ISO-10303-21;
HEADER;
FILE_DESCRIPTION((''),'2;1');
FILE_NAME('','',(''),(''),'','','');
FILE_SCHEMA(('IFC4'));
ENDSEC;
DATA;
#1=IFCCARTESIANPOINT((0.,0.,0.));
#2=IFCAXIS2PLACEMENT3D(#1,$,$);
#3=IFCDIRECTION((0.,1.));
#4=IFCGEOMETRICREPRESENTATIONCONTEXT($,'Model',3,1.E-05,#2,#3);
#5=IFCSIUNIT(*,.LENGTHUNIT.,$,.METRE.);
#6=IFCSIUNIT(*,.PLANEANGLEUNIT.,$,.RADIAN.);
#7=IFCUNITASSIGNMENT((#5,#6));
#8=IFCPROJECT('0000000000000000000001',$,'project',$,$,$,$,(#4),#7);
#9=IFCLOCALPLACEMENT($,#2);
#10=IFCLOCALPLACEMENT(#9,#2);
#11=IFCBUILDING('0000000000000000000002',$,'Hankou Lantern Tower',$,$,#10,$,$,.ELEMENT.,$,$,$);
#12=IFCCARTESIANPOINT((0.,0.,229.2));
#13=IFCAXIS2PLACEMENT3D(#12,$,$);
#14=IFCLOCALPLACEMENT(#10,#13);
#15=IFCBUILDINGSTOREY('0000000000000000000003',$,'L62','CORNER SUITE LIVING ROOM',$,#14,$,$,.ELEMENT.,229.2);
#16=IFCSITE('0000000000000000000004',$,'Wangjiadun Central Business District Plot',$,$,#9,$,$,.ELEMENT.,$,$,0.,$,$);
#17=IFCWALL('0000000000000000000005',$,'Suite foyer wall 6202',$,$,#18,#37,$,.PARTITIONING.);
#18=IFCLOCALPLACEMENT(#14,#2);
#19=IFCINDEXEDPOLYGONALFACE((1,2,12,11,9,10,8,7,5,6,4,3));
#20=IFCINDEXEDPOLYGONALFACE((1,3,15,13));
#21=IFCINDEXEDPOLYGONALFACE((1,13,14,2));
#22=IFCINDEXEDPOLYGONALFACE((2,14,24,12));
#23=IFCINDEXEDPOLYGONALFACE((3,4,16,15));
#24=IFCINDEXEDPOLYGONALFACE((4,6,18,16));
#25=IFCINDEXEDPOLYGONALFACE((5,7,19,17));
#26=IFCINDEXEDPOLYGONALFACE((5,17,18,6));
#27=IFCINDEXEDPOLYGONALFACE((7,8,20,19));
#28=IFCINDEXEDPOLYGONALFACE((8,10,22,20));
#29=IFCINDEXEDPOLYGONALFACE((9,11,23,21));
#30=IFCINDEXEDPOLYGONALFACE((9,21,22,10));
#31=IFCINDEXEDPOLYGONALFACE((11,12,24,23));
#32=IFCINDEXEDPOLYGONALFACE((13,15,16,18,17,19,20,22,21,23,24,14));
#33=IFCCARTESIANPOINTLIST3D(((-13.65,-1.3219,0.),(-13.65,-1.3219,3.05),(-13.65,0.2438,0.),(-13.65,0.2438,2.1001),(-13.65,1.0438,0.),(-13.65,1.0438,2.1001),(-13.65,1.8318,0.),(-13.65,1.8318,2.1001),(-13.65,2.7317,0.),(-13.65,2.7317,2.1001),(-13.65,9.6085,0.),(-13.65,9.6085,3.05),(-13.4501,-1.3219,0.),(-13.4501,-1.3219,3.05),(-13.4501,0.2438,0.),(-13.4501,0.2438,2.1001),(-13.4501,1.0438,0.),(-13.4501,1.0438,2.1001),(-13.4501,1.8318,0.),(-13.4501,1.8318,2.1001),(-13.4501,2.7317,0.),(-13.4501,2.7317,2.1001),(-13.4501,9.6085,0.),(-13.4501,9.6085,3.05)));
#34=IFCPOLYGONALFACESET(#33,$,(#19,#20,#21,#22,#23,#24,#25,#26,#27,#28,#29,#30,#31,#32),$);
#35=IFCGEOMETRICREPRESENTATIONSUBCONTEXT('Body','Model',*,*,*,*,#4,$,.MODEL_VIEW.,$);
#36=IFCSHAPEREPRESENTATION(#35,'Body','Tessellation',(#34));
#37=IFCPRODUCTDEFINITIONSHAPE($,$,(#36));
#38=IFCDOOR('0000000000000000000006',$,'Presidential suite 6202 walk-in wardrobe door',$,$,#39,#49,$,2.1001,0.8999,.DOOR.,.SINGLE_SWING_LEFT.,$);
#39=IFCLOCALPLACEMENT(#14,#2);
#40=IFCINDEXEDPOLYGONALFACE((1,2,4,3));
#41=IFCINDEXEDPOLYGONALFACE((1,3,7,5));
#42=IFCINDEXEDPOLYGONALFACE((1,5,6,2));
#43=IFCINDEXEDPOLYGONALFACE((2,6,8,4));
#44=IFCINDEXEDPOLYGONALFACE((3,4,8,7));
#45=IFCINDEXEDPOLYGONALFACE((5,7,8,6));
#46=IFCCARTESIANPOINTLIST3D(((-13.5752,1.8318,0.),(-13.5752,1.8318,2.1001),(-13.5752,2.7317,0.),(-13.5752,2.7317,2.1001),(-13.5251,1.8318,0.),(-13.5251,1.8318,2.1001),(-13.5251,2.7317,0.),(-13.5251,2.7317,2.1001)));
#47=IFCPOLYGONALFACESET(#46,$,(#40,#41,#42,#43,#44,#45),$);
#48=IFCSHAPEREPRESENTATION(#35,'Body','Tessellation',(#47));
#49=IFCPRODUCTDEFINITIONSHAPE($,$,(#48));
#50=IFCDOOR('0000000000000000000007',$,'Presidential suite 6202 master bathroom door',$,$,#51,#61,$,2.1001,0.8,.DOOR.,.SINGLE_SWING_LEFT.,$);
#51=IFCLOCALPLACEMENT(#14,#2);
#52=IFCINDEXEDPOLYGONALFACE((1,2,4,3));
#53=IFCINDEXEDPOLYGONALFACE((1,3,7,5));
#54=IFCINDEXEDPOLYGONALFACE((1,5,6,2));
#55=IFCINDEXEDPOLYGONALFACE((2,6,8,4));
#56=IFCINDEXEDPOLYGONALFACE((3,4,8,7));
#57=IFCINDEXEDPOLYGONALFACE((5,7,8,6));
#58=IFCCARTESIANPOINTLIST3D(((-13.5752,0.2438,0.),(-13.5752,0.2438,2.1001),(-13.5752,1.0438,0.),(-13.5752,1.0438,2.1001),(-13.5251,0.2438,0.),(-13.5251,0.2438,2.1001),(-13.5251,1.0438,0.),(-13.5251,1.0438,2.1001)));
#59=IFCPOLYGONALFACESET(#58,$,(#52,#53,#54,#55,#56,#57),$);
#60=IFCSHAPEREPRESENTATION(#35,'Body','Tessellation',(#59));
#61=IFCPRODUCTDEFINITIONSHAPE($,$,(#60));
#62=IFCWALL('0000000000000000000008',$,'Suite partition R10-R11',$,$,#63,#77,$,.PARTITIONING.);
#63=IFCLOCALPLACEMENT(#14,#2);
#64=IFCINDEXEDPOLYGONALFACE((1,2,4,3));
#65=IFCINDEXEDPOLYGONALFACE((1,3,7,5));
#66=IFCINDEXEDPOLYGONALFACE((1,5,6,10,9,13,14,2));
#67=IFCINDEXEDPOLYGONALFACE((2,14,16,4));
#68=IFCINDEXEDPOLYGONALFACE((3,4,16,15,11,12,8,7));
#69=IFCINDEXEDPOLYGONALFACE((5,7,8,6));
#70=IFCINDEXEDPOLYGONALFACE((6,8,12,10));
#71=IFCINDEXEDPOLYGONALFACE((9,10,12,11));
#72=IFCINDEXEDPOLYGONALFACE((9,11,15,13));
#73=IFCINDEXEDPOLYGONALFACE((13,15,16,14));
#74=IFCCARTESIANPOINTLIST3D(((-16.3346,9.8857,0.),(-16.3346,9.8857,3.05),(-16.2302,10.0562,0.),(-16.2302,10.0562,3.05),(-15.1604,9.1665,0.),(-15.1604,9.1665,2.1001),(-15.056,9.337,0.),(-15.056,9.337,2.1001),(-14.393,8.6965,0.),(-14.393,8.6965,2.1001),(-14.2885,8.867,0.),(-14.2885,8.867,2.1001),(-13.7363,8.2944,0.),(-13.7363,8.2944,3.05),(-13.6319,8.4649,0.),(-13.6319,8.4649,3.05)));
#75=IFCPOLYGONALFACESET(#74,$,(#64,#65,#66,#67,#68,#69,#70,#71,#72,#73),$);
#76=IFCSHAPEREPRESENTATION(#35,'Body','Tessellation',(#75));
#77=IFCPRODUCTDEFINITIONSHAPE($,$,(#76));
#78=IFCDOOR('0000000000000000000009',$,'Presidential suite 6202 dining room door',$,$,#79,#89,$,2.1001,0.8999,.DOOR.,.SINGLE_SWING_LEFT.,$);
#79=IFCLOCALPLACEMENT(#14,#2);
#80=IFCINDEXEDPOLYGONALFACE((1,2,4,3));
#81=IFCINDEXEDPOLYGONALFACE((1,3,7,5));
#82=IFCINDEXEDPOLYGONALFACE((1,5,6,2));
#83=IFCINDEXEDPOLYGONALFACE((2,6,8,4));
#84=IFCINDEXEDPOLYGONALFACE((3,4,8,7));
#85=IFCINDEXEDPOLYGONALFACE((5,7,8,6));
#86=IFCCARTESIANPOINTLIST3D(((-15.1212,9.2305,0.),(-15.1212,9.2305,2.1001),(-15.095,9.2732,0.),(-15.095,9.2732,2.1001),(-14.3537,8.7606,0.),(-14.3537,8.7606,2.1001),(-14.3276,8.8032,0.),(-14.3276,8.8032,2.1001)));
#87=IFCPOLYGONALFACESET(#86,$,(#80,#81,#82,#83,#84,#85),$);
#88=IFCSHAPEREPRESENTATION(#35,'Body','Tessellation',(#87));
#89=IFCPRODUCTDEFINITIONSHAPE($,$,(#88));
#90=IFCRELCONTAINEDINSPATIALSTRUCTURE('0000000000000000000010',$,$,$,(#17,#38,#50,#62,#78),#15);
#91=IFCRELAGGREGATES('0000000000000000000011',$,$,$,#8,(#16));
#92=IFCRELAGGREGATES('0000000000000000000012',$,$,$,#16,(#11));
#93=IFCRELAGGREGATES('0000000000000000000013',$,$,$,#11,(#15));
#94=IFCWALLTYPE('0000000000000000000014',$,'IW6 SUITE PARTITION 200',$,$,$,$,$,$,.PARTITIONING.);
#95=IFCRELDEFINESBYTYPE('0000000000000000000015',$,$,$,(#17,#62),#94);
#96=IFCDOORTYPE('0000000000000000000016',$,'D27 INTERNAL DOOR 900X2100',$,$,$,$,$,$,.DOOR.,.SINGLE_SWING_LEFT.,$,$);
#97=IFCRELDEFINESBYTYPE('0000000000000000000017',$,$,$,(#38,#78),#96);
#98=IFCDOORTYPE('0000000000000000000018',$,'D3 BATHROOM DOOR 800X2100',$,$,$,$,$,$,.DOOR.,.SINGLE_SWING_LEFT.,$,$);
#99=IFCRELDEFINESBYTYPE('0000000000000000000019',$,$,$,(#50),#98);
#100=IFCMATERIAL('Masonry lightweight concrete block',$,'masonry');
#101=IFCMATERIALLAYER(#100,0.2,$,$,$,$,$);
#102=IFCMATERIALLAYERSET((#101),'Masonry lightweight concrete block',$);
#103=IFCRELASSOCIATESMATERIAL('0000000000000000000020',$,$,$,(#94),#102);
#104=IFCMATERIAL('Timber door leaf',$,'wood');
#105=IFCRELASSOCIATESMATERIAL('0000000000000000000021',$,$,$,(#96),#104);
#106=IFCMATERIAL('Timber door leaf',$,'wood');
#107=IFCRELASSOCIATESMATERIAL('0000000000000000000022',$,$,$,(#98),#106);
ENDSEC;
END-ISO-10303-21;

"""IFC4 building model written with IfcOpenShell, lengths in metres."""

from ifc_helpers import new_model, si_unit, direction, frame, frame_2d, origin, place, context, subcontext, project, spatial, rectangle, extrude, material, layer, layer_set, type_object, element, fill, save


model = new_model("IFC4")

# Units and contexts
model_context = context("Model", 3, precision=1e-05, world=origin(), true_north=direction((0.0, 1.0)))
body_context = subcontext(model_context, "Body", "Model", "MODEL_VIEW")
ifc_project = project(units=[si_unit("LENGTHUNIT", "METRE"), si_unit("PLANEANGLEUNIT", "RADIAN")], contexts=[model_context])

# Site, building, storey
site_placement = place(None, origin())
site = spatial("IfcSite", under=ifc_project, at=site_placement, Name="Wangjiadun Central Business District Plot", CompositionType="ELEMENT", RefElevation=0.0)
building_placement = place(site_placement, origin())
building = spatial("IfcBuilding", under=site, at=building_placement, Name="Hankou Lantern Tower", CompositionType="ELEMENT")
storey_placement = place(building_placement, frame((0.0, 0.0, 229.2)))
storey = spatial("IfcBuildingStorey", under=building, at=storey_placement, Name="L62", Description="CORNER SUITE LIVING ROOM", CompositionType="ELEMENT", Elevation=229.2)

# Shared definitions
ifc_material_1 = material(Name="Masonry lightweight concrete block", Category="masonry")
ifc_layer_1 = layer(ifc_material_1, 0.2)
ifc_layer_set_1 = layer_set([ifc_layer_1], Name="Masonry lightweight concrete block")
wall_type_1 = type_object("IfcWallType", Name="IW6 SUITE PARTITION 200", PredefinedType="PARTITIONING", material=ifc_layer_set_1)

# Wall, openings, doors
wall_1_placement = place(storey_placement, frame((-13.55, 9.6086, 0.0), z_axis=(0.0, 0.0, 1.0), x_axis=(0.0, -1.0, 0.0)))
wall_1 = element("IfcWall", 1, at=wall_1_placement, inside=storey, type_object=wall_type_1, Name="Suite foyer wall 6202", PredefinedType="PARTITIONING", context=body_context, shape_type="SweptSolid", body=[
    extrude(rectangle(XDim=10.9304, YDim=0.2, at=frame_2d((5.4653, 0.0))), origin(), (0.0, 0.0, 1.0), 3.05),
])
opening_1_placement = place(wall_1_placement, frame((6.877, 0.0, 0.0)))
opening_1 = element("IfcOpeningElement", 2, at=opening_1_placement, cuts=wall_1, PredefinedType="OPENING", context=body_context, shape_type="SweptSolid", body=[
    extrude(rectangle(XDim=0.8999, YDim=2.1001, at=frame_2d((0.45, 1.05))), frame((0.0, 0.1099, 0.0), z_axis=(0.0, -1.0, 0.0), x_axis=(1.0, 0.0, 0.0)), (0.0, 0.0, 1.0), 0.22),
])
opening_2_placement = place(wall_1_placement, frame((8.5649, 0.0, 0.0)))
opening_2 = element("IfcOpeningElement", 3, at=opening_2_placement, cuts=wall_1, PredefinedType="OPENING", context=body_context, shape_type="SweptSolid", body=[
    extrude(rectangle(XDim=0.8, YDim=2.1001, at=frame_2d((0.3999, 1.05))), frame((0.0, 0.1099, 0.0), z_axis=(0.0, -1.0, 0.0), x_axis=(1.0, 0.0, 0.0)), (0.0, 0.0, 1.0), 0.22),
])
ifc_material_2 = material(Name="Timber door leaf", Category="wood")
door_type_1 = type_object("IfcDoorType", Name="D27 INTERNAL DOOR 900X2100", OperationType="SINGLE_SWING_LEFT", PredefinedType="DOOR", material=ifc_material_2)
door_1_placement = place(opening_1_placement, origin())
door_1 = element("IfcDoor", 4, at=door_1_placement, inside=storey, type_object=door_type_1, Name="Presidential suite 6202 walk-in wardrobe door", OperationType="SINGLE_SWING_LEFT", OverallHeight=2.1001, OverallWidth=0.8999, PredefinedType="DOOR", context=body_context, shape_type="SweptSolid", body=[
    extrude(rectangle(XDim=0.8999, YDim=2.1001, at=frame_2d((0.45, 1.05))), frame((0.0, 0.0249, 0.0), z_axis=(0.0, -1.0, 0.0), x_axis=(1.0, 0.0, 0.0)), (0.0, 0.0, 1.0), 0.05),
])
fill(opening_1, door_1)
ifc_material_3 = material(Name="Timber door leaf", Category="wood")
door_type_2 = type_object("IfcDoorType", Name="D3 BATHROOM DOOR 800X2100", OperationType="SINGLE_SWING_LEFT", PredefinedType="DOOR", material=ifc_material_3)
door_2_placement = place(opening_2_placement, origin())
door_2 = element("IfcDoor", 5, at=door_2_placement, inside=storey, type_object=door_type_2, Name="Presidential suite 6202 master bathroom door", OperationType="SINGLE_SWING_LEFT", OverallHeight=2.1001, OverallWidth=0.8, PredefinedType="DOOR", context=body_context, shape_type="SweptSolid", body=[
    extrude(rectangle(XDim=0.8, YDim=2.1001, at=frame_2d((0.3999, 1.05))), frame((0.0, 0.0249, 0.0), z_axis=(0.0, -1.0, 0.0), x_axis=(1.0, 0.0, 0.0)), (0.0, 0.0, 1.0), 0.05),
])
fill(opening_2, door_2)

# Wall, opening, door
wall_2_placement = place(storey_placement, frame((-13.6841, 8.3796, 0.0), z_axis=(0.0, 0.0, 1.0), x_axis=(-0.852784, 0.522263, 0.0)))
wall_2 = element("IfcWall", 6, at=wall_2_placement, inside=storey, type_object=wall_type_1, Name="Suite partition R10-R11", PredefinedType="PARTITIONING", context=body_context, shape_type="SweptSolid", body=[
    extrude(rectangle(XDim=3.0469, YDim=0.2, at=frame_2d((1.5234, 0.0))), origin(), (0.0, 0.0, 1.0), 3.05),
])
opening_3_placement = place(wall_2_placement, frame((0.77, 0.0, 0.0)))
opening_3 = element("IfcOpeningElement", 7, at=opening_3_placement, cuts=wall_2, PredefinedType="OPENING", context=body_context, shape_type="SweptSolid", body=[
    extrude(rectangle(XDim=0.8999, YDim=2.1001, at=frame_2d((0.45, 1.05))), frame((0.0, 0.1099, 0.0), z_axis=(0.0, -1.0, 0.0), x_axis=(1.0, 0.0, 0.0)), (0.0, 0.0, 1.0), 0.22),
])
door_3_placement = place(opening_3_placement, origin())
door_3 = element("IfcDoor", 8, at=door_3_placement, inside=storey, type_object=door_type_1, Name="Presidential suite 6202 dining room door", OperationType="SINGLE_SWING_LEFT", OverallHeight=2.1001, OverallWidth=0.8999, PredefinedType="DOOR", context=body_context, shape_type="SweptSolid", body=[
    extrude(rectangle(XDim=0.8999, YDim=2.1001, at=frame_2d((0.45, 1.05))), frame((0.0, 0.0249, 0.0), z_axis=(0.0, -1.0, 0.0), x_axis=(1.0, 0.0, 0.0)), (0.0, 0.0, 1.0), 0.05),
])
fill(opening_3, door_3)

save(model, "model.ifc")
